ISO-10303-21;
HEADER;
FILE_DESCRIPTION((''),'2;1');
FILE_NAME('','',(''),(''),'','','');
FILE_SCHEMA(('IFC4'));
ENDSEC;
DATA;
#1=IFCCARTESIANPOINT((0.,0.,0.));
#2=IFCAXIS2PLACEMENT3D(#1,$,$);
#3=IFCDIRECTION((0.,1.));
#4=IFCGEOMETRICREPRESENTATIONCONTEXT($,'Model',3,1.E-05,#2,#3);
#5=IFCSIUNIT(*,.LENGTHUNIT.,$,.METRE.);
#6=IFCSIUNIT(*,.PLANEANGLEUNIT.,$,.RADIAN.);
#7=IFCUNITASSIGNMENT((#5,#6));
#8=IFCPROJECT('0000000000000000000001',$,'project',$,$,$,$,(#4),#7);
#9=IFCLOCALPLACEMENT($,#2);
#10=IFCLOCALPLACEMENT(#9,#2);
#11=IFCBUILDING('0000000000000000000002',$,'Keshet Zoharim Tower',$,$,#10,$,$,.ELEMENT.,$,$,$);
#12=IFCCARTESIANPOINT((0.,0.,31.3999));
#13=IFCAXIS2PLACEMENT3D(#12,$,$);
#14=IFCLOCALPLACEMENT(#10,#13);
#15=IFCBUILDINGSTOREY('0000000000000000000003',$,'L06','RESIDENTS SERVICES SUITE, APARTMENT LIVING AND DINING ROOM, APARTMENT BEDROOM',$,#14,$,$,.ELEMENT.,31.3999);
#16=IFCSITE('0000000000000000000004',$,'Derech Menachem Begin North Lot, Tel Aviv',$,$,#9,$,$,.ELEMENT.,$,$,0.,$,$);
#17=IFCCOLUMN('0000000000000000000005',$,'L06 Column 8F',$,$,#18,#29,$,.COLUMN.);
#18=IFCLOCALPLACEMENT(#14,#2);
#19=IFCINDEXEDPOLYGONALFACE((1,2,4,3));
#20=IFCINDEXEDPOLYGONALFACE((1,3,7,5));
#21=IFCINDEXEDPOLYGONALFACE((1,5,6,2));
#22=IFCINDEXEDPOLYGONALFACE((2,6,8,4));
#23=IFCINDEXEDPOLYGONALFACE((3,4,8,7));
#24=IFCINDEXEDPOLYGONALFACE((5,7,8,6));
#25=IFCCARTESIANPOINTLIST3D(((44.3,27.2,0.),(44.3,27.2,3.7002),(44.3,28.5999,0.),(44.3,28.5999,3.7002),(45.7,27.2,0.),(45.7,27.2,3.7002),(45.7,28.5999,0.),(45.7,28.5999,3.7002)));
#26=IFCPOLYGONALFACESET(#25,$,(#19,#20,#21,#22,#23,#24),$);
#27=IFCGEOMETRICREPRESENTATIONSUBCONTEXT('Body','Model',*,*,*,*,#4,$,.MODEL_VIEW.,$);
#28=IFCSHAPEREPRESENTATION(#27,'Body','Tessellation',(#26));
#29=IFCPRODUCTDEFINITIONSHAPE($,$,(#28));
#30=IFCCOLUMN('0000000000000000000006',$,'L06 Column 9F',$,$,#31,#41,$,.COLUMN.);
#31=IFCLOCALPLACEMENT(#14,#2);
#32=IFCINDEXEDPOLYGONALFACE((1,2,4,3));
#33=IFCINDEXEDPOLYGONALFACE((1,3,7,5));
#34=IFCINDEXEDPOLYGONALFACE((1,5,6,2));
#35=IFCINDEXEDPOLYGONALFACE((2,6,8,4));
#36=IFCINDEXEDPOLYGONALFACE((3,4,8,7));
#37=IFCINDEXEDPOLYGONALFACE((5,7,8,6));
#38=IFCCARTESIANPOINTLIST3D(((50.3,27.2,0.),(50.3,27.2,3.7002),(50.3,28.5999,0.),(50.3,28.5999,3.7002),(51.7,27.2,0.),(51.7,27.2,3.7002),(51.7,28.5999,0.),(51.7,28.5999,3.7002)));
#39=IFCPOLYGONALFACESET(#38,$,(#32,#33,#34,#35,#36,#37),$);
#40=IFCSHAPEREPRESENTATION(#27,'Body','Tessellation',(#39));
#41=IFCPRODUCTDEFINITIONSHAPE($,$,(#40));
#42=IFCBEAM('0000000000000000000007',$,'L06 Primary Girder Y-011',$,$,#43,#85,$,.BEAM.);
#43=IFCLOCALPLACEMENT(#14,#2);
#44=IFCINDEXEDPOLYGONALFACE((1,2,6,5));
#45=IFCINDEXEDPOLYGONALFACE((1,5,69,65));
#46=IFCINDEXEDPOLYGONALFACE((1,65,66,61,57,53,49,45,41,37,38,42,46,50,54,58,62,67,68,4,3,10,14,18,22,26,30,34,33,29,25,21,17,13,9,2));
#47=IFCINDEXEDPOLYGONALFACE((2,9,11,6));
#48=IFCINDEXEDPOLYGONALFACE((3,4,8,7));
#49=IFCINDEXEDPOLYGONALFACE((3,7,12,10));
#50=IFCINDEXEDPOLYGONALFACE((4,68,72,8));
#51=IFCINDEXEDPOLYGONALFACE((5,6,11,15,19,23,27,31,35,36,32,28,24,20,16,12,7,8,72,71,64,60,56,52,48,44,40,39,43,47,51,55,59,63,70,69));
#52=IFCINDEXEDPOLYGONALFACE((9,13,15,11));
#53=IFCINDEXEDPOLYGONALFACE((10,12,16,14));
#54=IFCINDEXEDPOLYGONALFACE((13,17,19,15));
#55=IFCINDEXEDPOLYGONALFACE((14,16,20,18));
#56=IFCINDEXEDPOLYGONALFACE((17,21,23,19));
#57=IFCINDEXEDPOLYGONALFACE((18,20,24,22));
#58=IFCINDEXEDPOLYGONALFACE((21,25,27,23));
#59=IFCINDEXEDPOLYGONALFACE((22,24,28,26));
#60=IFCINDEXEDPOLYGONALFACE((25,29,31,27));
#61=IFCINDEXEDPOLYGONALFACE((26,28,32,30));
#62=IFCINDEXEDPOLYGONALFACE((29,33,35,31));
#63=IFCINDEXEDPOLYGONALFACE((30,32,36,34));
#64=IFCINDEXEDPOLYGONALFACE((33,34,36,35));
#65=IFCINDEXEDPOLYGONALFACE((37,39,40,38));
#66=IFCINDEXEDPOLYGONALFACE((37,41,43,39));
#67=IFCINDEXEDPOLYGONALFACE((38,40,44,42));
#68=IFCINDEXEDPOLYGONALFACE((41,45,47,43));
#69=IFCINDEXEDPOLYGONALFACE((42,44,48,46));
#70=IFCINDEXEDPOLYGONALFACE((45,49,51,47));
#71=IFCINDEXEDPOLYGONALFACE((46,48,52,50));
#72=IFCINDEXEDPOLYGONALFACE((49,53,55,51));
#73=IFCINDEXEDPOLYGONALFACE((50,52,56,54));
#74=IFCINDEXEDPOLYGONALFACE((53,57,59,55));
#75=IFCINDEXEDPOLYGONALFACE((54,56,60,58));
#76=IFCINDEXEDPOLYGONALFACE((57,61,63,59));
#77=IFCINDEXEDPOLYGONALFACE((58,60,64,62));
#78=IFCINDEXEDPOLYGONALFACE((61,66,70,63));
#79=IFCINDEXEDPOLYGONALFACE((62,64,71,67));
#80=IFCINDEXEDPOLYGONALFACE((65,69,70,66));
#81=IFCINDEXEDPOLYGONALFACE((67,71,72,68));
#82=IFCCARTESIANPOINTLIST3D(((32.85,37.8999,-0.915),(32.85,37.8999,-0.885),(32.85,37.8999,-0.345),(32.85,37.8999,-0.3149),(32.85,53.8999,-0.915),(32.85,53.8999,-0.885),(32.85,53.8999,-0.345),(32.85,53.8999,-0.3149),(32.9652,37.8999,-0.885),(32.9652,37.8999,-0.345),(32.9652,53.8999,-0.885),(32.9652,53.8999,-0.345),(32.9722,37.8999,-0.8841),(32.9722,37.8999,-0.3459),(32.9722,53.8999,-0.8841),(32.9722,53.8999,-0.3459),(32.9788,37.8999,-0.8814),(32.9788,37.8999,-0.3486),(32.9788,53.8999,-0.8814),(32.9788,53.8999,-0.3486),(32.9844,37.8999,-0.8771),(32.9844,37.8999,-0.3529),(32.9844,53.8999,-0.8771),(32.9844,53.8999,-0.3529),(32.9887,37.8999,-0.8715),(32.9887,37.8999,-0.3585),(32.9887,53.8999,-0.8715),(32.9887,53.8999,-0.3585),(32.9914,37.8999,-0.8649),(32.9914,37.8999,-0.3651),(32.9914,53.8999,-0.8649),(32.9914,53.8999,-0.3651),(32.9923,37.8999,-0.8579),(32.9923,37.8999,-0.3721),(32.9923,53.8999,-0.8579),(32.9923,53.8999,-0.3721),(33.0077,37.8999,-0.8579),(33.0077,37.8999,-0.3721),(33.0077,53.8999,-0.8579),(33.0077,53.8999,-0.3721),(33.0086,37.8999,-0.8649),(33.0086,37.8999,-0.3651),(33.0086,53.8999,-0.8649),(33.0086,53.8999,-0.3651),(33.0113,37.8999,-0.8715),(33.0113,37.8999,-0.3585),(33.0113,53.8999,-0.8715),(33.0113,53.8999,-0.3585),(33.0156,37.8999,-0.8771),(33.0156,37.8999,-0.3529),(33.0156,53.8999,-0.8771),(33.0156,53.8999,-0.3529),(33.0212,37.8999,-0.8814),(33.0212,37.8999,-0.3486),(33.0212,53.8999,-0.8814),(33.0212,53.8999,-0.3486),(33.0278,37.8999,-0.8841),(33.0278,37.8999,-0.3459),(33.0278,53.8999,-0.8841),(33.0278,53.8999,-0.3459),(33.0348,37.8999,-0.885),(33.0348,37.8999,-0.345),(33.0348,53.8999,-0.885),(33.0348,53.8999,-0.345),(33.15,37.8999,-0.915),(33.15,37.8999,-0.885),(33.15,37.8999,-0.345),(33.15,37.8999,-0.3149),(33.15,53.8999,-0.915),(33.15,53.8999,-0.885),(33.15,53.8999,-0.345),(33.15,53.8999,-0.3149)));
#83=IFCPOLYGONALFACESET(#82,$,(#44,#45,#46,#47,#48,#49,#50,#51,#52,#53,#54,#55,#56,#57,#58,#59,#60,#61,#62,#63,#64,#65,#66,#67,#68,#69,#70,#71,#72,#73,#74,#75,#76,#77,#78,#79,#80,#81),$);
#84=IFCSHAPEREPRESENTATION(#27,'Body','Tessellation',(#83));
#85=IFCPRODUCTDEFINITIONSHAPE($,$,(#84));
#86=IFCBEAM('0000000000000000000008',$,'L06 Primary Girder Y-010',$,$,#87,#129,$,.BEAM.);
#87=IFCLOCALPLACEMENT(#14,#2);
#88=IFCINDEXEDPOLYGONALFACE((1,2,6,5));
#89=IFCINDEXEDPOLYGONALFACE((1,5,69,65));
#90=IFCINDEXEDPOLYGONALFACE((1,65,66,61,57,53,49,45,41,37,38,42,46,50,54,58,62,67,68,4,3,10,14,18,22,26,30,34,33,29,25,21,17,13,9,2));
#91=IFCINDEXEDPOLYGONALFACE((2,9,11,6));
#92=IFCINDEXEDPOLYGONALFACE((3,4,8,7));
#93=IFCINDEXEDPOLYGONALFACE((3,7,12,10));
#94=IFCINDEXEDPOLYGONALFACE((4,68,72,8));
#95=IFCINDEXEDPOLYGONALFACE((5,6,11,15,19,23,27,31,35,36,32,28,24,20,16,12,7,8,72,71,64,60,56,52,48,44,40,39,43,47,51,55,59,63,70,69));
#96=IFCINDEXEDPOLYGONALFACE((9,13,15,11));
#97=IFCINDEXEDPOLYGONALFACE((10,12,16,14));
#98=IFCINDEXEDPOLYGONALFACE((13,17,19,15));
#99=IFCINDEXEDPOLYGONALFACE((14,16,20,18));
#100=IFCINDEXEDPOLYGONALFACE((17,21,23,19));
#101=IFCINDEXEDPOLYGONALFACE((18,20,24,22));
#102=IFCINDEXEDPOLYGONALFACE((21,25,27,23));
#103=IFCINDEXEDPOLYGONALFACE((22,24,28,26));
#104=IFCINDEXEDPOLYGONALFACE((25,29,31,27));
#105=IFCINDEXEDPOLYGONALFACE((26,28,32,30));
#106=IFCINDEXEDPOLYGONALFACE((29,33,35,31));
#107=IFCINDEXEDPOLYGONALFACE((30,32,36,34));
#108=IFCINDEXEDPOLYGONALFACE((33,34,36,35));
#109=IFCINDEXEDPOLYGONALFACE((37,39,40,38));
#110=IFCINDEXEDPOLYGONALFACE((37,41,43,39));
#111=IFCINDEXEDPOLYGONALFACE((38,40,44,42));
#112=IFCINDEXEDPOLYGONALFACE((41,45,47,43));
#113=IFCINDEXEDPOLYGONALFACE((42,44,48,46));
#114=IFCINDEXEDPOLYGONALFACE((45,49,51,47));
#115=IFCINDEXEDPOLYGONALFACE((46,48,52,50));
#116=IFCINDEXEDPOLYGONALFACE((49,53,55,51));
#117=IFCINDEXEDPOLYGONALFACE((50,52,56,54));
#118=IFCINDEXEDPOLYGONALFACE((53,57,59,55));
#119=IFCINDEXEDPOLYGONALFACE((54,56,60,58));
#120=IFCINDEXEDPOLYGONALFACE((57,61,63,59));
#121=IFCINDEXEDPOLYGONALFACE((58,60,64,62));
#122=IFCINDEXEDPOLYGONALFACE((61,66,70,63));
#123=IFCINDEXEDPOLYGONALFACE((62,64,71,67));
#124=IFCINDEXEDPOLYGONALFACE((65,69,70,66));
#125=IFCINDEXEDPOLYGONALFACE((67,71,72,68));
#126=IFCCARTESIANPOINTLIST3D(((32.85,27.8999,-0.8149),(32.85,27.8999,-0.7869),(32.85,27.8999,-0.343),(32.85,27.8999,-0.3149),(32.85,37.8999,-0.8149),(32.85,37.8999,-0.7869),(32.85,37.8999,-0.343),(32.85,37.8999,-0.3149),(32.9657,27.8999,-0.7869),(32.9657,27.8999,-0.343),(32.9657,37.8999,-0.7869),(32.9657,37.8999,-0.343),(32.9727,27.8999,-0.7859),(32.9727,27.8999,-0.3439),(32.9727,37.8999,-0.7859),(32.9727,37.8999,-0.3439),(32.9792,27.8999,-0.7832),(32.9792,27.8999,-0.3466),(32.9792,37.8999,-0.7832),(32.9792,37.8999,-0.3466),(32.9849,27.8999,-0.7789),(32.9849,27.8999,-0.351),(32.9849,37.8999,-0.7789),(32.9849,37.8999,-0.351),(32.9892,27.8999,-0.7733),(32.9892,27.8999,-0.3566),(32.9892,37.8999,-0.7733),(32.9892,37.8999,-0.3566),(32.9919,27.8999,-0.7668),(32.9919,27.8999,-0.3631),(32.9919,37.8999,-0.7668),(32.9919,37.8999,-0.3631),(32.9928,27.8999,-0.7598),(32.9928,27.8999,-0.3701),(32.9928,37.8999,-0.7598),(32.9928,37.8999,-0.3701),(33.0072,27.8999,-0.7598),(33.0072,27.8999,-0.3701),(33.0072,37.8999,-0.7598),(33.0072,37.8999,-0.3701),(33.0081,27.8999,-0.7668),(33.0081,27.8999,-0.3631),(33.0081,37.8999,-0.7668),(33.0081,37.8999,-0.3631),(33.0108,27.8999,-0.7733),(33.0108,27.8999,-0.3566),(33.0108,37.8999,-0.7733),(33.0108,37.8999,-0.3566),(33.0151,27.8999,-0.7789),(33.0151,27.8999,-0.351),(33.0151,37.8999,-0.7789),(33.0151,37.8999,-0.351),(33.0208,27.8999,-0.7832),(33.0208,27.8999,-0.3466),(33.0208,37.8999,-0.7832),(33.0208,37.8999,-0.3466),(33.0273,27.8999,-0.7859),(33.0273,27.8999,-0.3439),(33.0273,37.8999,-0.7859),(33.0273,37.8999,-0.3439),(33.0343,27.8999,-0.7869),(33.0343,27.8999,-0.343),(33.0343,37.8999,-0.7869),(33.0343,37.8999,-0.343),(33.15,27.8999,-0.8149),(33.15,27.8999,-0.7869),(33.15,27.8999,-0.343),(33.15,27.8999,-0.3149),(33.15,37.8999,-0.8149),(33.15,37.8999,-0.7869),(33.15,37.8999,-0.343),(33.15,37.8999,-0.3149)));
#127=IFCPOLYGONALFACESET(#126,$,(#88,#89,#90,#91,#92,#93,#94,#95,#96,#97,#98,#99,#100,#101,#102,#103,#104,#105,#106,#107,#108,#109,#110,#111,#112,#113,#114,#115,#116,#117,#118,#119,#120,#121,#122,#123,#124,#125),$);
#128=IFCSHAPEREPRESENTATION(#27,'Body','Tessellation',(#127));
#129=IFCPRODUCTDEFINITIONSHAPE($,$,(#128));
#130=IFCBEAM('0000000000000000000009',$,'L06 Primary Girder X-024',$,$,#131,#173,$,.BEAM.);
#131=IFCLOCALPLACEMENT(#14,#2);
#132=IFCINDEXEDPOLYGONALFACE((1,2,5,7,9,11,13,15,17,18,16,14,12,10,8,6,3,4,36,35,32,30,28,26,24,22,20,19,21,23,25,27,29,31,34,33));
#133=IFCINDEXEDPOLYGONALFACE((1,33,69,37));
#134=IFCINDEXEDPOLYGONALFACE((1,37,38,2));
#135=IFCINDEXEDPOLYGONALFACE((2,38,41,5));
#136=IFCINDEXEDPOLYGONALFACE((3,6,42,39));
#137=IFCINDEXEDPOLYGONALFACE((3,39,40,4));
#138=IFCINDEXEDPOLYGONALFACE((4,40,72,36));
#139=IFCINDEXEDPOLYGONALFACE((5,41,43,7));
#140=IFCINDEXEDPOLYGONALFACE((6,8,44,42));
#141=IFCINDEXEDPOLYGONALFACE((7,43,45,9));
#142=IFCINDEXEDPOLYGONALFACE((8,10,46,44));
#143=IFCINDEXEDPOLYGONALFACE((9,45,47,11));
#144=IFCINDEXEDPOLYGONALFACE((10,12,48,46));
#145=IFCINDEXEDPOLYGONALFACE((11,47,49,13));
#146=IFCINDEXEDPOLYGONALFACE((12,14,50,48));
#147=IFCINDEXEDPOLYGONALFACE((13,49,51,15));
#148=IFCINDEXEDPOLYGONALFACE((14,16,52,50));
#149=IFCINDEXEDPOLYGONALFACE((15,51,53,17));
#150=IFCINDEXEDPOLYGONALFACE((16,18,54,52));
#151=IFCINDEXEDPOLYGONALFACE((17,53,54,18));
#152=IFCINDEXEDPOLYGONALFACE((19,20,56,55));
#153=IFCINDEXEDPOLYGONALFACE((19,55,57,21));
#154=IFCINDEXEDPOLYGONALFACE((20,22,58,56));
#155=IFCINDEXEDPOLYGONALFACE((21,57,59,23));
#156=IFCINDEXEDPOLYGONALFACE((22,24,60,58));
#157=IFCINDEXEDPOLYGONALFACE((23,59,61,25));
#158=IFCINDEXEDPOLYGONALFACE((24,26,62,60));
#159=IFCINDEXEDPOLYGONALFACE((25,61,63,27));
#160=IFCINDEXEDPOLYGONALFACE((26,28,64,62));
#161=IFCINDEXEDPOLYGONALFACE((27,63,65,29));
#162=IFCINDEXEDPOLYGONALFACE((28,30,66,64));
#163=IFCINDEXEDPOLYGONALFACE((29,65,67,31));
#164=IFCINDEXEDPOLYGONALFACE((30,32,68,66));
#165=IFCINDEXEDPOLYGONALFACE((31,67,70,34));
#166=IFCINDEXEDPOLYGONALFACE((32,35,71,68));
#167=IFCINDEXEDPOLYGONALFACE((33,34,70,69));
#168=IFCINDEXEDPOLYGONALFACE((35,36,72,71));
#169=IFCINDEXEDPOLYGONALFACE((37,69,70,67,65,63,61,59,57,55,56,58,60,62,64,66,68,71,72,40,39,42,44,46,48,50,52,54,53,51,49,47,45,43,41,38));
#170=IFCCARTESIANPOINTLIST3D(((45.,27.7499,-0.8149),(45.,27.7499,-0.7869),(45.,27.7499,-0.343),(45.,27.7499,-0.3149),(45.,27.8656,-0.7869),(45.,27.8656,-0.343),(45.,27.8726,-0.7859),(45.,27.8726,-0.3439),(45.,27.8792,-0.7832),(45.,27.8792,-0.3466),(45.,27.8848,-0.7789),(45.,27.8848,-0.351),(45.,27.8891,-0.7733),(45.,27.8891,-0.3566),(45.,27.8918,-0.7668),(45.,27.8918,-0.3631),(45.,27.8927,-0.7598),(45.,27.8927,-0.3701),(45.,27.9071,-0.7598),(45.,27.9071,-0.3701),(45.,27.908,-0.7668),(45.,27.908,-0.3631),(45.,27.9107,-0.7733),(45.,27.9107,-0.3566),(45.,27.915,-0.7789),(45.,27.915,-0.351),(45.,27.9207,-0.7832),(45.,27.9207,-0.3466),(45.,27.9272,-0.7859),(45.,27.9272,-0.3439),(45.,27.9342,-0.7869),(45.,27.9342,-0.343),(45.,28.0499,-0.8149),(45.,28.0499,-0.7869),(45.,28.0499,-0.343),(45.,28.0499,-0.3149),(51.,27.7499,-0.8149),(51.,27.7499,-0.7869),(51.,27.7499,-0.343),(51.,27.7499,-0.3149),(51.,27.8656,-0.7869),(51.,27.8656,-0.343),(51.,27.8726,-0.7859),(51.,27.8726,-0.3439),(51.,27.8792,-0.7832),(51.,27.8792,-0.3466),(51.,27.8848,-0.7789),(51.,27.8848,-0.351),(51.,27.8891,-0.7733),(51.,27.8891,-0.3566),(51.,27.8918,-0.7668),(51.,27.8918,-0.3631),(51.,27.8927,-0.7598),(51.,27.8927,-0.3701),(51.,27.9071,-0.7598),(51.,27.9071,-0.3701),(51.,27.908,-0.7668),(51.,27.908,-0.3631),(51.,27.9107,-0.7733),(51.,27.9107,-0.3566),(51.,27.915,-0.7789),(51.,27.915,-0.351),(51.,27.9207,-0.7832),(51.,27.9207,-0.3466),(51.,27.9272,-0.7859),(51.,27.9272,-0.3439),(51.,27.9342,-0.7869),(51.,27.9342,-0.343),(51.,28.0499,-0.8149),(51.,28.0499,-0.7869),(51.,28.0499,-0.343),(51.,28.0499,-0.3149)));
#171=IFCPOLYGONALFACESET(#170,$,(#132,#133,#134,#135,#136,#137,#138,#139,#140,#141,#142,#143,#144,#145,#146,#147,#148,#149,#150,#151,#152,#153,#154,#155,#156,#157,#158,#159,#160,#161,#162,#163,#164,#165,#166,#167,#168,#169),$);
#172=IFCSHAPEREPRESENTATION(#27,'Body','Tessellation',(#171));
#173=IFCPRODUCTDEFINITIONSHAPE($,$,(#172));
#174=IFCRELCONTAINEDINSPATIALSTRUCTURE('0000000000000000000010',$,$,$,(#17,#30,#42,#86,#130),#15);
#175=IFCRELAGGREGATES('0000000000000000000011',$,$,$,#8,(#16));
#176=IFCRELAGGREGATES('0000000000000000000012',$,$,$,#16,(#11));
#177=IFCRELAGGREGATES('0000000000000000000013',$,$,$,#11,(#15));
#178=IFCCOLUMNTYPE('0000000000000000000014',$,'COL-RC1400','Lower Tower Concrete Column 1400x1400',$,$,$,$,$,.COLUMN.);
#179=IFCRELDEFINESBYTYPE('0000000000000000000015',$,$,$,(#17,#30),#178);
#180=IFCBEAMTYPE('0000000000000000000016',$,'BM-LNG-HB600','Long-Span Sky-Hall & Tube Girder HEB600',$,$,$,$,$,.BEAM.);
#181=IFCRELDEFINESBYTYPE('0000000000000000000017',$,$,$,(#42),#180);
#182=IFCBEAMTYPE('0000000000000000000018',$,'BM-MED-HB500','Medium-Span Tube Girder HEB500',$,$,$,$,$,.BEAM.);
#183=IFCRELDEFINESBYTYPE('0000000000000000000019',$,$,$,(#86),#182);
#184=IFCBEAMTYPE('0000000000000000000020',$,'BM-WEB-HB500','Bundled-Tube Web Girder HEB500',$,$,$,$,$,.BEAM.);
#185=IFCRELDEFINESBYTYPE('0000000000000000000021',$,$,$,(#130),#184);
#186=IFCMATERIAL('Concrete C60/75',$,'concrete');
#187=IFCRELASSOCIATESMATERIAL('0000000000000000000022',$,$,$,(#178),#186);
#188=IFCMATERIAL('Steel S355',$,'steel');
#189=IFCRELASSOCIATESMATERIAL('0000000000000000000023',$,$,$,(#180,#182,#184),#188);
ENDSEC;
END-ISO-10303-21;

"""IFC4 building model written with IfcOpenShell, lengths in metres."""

from ifc_helpers import new_model, si_unit, direction, frame, origin, origin_2d, place, context, subcontext, project, spatial, rectangle, i_section, extrude, material, material_profile, profile_set, type_object, element, save


model = new_model("IFC4")

# Units and contexts
model_context = context("Model", 3, precision=1e-05, world=origin(), true_north=direction((0.0, 1.0)))
body_context = subcontext(model_context, "Body", "Model", "MODEL_VIEW")
ifc_project = project(units=[si_unit("LENGTHUNIT", "METRE"), si_unit("PLANEANGLEUNIT", "RADIAN")], contexts=[model_context])

# Site, building, storey
site_placement = place(None, origin())
site = spatial("IfcSite", under=ifc_project, at=site_placement, Name="Derech Menachem Begin North Lot, Tel Aviv", CompositionType="ELEMENT", RefElevation=0.0)
building_placement = place(site_placement, origin())
building = spatial("IfcBuilding", under=site, at=building_placement, Name="Keshet Zoharim Tower", CompositionType="ELEMENT")
storey_placement = place(building_placement, frame((0.0, 0.0, 31.3999)))
storey = spatial("IfcBuildingStorey", under=building, at=storey_placement, Name="L06", Description="RESIDENTS SERVICES SUITE, APARTMENT LIVING AND DINING ROOM, APARTMENT BEDROOM", CompositionType="ELEMENT", Elevation=31.3999)

# Columns
ifc_material_1 = material(Name="Concrete C60/75", Category="concrete")
ifc_material_profile_1 = material_profile(ifc_material_1, rectangle(XDim=1.3999, YDim=1.3999, at=origin_2d()), Name="RC1400x1400")
ifc_profile_set_1 = profile_set([ifc_material_profile_1], Name="Concrete C60/75")
column_type = type_object("IfcColumnType", Name="COL-RC1400", Description="Lower Tower Concrete Column 1400x1400", PredefinedType="COLUMN", material=ifc_profile_set_1)
for number, where, z_axis, x_axis, name in (
    (1, (45.0, 27.8999, 0.0), (0.0, 0.0, 1.0), (1.0, 0.0, 0.0), "L06 Column 8F"),
    (2, (51.0, 27.8999, 0.0), (0.0, 0.0, 1.0), (1.0, 0.0, 0.0), "L06 Column 9F"),
):
    element("IfcColumn", number, at=place(storey_placement, frame(where, z_axis=z_axis, x_axis=x_axis)), inside=storey, type_object=column_type, Name=name, PredefinedType="COLUMN", context=body_context, shape_type="SweptSolid", body=[
        extrude(rectangle(XDim=1.3999, YDim=1.3999, at=origin_2d()), origin(), (0.0, 0.0, 1.0), 3.7002),
    ])

# Beams
ifc_material_2 = material(Name="Steel S355", Category="steel")
ifc_material_profile_2 = material_profile(ifc_material_2, i_section(OverallWidth=0.3, OverallDepth=0.6001, WebThickness=0.0154, FlangeThickness=0.03, FilletRadius=0.0271, at=origin_2d()), Name="HEB600")
ifc_profile_set_2 = profile_set([ifc_material_profile_2], Name="Steel S355")
beam_type_1 = type_object("IfcBeamType", Name="BM-LNG-HB600", Description="Long-Span Sky-Hall & Tube Girder HEB600", PredefinedType="BEAM", material=ifc_profile_set_2)
beam_1_placement = place(storey_placement, frame((33.0, 37.8999, -0.615), z_axis=(0.0, 1.0, 0.0), x_axis=(-1.0, 0.0, 0.0)))
element("IfcBeam", 3, at=beam_1_placement, inside=storey, type_object=beam_type_1, Name="L06 Primary Girder Y-011", PredefinedType="BEAM", context=body_context, shape_type="SweptSolid", body=[
    extrude(i_section(OverallWidth=0.3, OverallDepth=0.6001, WebThickness=0.0154, FlangeThickness=0.03, FilletRadius=0.0271, at=origin_2d()), origin(), (0.0, 0.0, 1.0), 16.0),
])
ifc_material_profile_3 = material_profile(ifc_material_2, i_section(OverallWidth=0.3, OverallDepth=0.5, WebThickness=0.0144, FlangeThickness=0.0281, FilletRadius=0.0271, at=origin_2d()), Name="HEB500")
ifc_profile_set_3 = profile_set([ifc_material_profile_3], Name="Steel S355")
beam_type_2 = type_object("IfcBeamType", Name="BM-MED-HB500", Description="Medium-Span Tube Girder HEB500", PredefinedType="BEAM", material=ifc_profile_set_3)
beam_2_placement = place(storey_placement, frame((33.0, 27.8999, -0.5649), z_axis=(0.0, 1.0, 0.0), x_axis=(-1.0, 0.0, 0.0)))
element("IfcBeam", 4, at=beam_2_placement, inside=storey, type_object=beam_type_2, Name="L06 Primary Girder Y-010", PredefinedType="BEAM", context=body_context, shape_type="SweptSolid", body=[
    extrude(i_section(OverallWidth=0.3, OverallDepth=0.5, WebThickness=0.0144, FlangeThickness=0.0281, FilletRadius=0.0271, at=origin_2d()), origin(), (0.0, 0.0, 1.0), 10.0),
])
ifc_material_profile_4 = material_profile(ifc_material_2, i_section(OverallWidth=0.3, OverallDepth=0.5, WebThickness=0.0144, FlangeThickness=0.0281, FilletRadius=0.0271, at=origin_2d()), Name="HEB500")
ifc_profile_set_4 = profile_set([ifc_material_profile_4], Name="Steel S355")
beam_type_3 = type_object("IfcBeamType", Name="BM-WEB-HB500", Description="Bundled-Tube Web Girder HEB500", PredefinedType="BEAM", material=ifc_profile_set_4)
for number, where, z_axis, x_axis, name in (
    (5, (45.0, 27.8999, -0.5649), (1.0, 0.0, 0.0), (0.0, 1.0, 0.0), "L06 Primary Girder X-024"),
):
    element("IfcBeam", number, at=place(storey_placement, frame(where, z_axis=z_axis, x_axis=x_axis)), inside=storey, type_object=beam_type_3, Name=name, PredefinedType="BEAM", context=body_context, shape_type="SweptSolid", body=[
        extrude(i_section(OverallWidth=0.3, OverallDepth=0.5, WebThickness=0.0144, FlangeThickness=0.0281, FilletRadius=0.0271, at=origin_2d()), origin(), (0.0, 0.0, 1.0), 6.0),
    ])

save(model, "model.ifc")
